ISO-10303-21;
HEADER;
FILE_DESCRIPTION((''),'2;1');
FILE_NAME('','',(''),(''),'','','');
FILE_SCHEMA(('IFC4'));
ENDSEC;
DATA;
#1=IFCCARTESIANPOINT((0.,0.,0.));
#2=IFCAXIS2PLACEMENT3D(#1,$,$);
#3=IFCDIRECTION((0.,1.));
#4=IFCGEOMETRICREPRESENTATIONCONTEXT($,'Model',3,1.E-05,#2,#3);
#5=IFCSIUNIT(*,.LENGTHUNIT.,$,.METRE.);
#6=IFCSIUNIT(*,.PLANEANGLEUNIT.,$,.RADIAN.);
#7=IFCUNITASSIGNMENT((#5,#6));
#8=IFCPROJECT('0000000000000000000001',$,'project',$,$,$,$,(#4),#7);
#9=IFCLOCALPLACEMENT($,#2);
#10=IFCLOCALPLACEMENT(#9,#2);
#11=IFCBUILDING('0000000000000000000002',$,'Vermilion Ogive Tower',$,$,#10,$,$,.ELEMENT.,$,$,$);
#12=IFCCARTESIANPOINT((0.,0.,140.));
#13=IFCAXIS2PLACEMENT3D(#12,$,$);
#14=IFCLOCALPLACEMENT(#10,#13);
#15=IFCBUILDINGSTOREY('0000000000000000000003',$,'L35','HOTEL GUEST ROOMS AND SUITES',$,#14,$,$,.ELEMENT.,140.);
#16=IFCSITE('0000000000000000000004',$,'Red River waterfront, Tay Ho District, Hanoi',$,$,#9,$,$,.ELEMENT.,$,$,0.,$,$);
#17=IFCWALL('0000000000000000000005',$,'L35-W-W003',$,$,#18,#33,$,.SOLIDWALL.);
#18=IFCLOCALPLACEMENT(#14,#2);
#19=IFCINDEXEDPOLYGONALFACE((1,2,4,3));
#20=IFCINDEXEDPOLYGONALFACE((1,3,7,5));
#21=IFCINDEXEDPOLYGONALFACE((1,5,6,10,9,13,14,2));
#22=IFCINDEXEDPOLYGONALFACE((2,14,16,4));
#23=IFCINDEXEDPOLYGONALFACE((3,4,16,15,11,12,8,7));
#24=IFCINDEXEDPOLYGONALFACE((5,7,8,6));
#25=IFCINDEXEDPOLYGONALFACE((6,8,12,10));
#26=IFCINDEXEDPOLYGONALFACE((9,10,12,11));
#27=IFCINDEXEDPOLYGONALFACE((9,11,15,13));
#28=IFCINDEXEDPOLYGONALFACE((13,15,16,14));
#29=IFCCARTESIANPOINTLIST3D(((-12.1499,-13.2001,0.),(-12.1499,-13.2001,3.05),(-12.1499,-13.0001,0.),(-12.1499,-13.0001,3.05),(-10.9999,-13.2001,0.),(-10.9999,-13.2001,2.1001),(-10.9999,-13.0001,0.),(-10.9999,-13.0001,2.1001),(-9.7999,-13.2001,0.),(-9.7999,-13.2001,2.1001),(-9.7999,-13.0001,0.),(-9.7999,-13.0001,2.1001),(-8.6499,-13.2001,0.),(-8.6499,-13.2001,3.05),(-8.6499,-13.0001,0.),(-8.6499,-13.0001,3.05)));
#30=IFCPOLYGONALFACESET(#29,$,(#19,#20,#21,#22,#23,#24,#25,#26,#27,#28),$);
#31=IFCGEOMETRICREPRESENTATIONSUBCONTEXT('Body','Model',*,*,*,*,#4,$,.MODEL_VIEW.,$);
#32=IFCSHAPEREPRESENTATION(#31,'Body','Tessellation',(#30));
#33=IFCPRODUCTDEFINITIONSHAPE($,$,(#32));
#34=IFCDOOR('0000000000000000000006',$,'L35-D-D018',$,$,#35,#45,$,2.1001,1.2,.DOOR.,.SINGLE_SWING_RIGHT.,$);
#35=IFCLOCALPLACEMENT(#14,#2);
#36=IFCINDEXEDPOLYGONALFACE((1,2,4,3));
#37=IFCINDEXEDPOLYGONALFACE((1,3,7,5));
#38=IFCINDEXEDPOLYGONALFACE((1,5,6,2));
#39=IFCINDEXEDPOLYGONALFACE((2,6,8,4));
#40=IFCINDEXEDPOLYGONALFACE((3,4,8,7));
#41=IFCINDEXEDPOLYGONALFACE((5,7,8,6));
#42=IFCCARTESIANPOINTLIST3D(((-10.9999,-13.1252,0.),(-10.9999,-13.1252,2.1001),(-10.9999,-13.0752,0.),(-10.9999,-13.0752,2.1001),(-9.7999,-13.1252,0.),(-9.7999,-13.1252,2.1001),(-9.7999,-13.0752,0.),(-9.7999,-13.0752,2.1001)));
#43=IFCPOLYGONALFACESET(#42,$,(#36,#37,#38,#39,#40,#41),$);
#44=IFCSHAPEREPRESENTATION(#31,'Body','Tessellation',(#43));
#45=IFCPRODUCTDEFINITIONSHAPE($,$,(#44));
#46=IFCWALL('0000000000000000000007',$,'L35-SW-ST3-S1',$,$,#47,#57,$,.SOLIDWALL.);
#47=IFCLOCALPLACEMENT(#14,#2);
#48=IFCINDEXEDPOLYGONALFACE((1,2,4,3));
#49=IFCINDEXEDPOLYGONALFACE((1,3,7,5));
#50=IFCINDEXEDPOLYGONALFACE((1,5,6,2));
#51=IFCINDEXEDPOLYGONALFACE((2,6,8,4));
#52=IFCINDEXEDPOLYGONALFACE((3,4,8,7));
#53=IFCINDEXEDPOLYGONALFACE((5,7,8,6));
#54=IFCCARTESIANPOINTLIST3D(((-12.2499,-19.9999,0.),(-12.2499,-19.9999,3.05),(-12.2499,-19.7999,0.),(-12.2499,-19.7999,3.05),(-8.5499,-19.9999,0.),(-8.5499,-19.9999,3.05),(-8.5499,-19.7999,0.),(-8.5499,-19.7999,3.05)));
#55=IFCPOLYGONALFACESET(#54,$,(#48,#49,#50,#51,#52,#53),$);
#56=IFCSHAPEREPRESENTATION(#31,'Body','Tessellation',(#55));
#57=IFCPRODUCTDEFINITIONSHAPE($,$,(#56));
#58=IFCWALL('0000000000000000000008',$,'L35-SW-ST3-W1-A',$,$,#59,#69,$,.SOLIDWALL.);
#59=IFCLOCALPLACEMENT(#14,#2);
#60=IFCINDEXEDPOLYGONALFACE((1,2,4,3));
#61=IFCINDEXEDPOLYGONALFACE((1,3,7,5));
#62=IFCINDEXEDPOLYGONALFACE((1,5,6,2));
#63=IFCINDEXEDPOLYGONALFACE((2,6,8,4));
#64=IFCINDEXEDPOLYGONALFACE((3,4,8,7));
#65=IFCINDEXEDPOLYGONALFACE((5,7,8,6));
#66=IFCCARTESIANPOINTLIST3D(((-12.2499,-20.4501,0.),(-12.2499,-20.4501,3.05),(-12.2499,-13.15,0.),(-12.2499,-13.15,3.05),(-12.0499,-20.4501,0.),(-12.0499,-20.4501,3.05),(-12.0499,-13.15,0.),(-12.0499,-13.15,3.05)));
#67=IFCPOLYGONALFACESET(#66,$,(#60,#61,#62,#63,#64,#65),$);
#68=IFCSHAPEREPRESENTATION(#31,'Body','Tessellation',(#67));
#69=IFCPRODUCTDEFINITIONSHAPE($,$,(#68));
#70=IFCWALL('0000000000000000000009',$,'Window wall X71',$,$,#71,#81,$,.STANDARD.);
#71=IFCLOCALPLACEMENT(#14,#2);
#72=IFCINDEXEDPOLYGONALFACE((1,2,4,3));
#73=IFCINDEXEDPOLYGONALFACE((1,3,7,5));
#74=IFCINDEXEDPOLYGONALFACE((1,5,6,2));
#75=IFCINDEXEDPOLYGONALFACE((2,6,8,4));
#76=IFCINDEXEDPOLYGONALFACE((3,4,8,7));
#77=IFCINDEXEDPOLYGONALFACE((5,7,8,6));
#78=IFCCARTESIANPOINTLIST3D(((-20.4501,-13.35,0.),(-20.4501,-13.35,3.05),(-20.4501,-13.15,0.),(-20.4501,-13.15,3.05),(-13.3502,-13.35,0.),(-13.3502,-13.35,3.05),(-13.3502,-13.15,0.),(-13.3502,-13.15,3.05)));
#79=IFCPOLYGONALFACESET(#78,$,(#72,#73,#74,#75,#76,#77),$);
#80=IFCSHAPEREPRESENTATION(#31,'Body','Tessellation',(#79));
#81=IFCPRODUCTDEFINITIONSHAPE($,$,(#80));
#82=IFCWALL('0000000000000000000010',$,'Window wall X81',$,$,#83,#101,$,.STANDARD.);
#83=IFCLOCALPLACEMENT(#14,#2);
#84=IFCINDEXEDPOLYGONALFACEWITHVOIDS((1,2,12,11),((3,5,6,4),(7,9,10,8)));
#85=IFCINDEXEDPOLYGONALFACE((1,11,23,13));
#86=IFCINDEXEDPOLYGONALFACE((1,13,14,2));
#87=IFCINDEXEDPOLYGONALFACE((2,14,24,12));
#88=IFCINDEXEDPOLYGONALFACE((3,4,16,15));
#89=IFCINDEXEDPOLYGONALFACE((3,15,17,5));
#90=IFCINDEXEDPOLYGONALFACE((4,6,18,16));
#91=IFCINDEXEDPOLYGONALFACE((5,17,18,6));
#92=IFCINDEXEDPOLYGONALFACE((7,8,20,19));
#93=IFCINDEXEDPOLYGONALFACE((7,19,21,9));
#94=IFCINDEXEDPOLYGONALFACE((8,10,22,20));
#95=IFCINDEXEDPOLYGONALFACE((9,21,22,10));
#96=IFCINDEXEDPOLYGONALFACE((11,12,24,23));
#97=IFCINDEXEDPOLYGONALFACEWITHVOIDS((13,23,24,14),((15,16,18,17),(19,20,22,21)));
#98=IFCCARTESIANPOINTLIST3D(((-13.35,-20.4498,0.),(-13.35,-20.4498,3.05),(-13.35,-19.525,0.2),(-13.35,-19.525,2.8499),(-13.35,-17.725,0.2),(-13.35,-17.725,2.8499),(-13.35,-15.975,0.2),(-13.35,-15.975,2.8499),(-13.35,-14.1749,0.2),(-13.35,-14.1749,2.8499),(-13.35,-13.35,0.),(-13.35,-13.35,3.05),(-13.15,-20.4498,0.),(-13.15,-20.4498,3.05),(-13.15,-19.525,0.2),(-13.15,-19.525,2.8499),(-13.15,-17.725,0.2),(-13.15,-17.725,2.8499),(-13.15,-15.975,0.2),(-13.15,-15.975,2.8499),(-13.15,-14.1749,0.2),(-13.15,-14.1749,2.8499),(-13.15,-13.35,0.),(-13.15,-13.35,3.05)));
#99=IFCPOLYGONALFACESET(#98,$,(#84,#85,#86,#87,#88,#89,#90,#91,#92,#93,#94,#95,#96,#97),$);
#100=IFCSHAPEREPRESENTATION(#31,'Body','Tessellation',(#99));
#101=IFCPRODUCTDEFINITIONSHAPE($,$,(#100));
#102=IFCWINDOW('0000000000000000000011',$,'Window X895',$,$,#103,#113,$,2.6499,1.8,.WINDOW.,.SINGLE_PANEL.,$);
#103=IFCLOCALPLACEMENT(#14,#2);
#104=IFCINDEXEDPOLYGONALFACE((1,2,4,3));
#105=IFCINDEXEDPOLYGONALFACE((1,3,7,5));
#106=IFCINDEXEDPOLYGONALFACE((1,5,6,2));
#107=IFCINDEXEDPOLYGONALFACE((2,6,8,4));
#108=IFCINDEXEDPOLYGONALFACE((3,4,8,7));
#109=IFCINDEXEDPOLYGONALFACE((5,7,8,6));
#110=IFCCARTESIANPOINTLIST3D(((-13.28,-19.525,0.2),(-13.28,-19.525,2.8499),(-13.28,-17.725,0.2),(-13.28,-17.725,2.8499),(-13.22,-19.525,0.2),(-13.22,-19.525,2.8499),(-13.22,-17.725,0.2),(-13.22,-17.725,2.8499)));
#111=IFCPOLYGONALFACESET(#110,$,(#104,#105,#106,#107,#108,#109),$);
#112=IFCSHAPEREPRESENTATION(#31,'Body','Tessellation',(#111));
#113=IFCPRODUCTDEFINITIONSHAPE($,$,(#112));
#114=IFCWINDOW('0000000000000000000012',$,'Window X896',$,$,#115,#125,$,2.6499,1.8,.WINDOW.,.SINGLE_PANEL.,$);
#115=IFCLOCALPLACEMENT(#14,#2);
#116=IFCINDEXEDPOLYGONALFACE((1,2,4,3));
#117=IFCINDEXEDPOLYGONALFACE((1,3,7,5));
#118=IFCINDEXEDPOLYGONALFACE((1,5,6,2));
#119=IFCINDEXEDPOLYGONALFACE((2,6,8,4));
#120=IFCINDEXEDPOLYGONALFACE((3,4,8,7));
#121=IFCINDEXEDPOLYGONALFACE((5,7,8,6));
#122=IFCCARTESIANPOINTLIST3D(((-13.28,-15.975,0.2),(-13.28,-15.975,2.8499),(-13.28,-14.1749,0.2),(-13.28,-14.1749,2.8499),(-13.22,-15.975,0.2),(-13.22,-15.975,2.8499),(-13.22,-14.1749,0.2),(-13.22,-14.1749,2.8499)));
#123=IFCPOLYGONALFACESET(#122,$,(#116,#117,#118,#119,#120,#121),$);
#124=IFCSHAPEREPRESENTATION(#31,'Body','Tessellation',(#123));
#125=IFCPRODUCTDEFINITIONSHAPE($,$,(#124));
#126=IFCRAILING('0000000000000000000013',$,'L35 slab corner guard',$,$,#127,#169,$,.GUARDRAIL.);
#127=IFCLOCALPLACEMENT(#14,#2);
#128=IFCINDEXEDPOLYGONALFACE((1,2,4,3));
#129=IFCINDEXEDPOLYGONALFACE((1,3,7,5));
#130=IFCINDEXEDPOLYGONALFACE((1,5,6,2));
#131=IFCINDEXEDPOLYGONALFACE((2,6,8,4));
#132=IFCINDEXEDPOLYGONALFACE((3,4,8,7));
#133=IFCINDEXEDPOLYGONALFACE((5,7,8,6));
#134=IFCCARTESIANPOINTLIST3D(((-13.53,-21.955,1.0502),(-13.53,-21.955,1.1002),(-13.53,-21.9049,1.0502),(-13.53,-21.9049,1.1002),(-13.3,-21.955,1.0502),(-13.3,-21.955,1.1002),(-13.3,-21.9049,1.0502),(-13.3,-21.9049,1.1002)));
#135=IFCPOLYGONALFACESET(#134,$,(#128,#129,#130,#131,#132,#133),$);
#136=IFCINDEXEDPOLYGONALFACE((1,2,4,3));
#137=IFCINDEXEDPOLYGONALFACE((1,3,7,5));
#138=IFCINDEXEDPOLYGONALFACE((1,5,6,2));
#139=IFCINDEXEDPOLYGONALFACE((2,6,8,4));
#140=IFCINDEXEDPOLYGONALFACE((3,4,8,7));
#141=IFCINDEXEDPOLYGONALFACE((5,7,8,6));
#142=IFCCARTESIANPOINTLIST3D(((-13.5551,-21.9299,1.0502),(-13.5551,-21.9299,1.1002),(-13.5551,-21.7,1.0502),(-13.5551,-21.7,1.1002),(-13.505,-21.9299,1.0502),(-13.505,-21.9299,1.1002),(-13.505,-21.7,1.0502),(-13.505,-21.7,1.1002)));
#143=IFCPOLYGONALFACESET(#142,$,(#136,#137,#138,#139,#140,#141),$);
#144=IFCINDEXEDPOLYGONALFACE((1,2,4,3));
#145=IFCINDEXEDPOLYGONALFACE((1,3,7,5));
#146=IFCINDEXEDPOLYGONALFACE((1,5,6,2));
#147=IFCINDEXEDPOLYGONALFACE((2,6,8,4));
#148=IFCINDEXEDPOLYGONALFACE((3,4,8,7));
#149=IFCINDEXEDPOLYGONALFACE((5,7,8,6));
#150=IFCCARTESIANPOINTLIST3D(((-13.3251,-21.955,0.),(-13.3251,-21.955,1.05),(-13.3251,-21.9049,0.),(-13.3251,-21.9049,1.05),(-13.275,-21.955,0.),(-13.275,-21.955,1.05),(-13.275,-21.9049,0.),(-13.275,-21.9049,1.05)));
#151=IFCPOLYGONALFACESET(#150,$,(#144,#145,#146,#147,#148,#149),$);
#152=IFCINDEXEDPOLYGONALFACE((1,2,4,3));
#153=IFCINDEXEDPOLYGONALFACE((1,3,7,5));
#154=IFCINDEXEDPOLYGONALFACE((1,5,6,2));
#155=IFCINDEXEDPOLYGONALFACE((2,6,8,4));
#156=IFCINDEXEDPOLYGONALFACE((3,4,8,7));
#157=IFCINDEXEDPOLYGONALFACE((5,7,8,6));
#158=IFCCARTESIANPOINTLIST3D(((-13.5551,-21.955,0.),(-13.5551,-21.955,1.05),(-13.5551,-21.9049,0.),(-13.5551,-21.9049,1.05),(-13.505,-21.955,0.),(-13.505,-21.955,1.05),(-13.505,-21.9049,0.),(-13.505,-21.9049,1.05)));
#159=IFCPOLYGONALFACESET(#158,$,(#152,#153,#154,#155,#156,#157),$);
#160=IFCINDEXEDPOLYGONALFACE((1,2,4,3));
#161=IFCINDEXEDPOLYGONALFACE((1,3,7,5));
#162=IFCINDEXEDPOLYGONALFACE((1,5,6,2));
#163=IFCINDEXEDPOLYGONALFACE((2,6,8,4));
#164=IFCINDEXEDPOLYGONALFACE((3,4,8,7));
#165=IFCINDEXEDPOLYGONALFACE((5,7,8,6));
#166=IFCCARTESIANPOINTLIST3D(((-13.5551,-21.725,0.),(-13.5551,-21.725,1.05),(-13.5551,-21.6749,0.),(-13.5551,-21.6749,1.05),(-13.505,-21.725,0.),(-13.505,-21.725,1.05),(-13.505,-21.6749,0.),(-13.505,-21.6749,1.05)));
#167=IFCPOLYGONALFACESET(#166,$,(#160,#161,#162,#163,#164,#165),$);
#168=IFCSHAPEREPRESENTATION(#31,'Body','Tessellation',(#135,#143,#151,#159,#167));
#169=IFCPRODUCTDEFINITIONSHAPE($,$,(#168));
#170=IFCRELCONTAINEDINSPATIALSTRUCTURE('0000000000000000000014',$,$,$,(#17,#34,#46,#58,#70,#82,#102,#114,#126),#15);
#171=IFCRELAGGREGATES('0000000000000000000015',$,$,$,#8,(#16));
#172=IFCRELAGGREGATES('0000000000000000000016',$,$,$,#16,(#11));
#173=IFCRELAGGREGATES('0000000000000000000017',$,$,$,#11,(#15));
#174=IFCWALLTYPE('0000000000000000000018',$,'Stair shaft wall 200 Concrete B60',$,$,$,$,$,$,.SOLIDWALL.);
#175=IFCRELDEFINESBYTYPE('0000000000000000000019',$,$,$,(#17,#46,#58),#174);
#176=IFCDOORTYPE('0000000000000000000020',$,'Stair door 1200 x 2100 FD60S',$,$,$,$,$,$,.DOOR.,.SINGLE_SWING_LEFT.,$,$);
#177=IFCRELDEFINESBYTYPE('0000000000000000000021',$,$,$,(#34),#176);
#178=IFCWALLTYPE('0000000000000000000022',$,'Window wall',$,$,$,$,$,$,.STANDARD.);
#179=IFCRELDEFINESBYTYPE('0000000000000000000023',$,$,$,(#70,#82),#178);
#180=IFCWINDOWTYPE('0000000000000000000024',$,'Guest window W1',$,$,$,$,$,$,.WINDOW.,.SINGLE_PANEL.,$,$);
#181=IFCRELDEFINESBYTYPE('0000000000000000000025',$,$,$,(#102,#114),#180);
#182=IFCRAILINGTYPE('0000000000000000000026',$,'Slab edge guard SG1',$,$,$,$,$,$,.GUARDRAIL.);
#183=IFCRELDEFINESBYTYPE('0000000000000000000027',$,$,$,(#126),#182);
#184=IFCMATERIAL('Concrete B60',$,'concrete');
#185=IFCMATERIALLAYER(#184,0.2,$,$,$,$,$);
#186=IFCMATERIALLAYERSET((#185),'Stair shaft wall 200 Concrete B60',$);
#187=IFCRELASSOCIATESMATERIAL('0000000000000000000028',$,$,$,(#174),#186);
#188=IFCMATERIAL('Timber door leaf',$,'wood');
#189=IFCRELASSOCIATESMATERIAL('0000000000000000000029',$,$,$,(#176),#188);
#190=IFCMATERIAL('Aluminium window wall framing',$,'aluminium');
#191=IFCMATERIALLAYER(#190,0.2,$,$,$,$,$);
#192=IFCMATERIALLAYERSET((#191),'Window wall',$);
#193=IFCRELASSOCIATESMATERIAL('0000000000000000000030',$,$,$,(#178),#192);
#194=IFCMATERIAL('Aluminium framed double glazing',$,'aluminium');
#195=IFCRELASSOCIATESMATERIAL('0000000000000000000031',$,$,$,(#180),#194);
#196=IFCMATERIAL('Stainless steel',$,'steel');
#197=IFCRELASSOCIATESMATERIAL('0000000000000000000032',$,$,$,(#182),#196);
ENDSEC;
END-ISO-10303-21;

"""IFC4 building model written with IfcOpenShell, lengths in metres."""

from ifc_helpers import new_model, si_unit, direction, frame, frame_2d, origin, origin_2d, place, context, subcontext, project, spatial, rectangle, extrude, material, layer, layer_set, type_object, element, fill, save


model = new_model("IFC4")

# Units and contexts
model_context = context("Model", 3, precision=1e-05, world=origin(), true_north=direction((0.0, 1.0)))
body_context = subcontext(model_context, "Body", "Model", "MODEL_VIEW")
ifc_project = project(units=[si_unit("LENGTHUNIT", "METRE"), si_unit("PLANEANGLEUNIT", "RADIAN")], contexts=[model_context])

# Site, building, storey
site_placement = place(None, origin())
site = spatial("IfcSite", under=ifc_project, at=site_placement, Name="Red River waterfront, Tay Ho District, Hanoi", CompositionType="ELEMENT", RefElevation=0.0)
building_placement = place(site_placement, origin())
building = spatial("IfcBuilding", under=site, at=building_placement, Name="Vermilion Ogive Tower", CompositionType="ELEMENT")
storey_placement = place(building_placement, frame((0.0, 0.0, 140.0)))
storey = spatial("IfcBuildingStorey", under=building, at=storey_placement, Name="L35", Description="HOTEL GUEST ROOMS AND SUITES", CompositionType="ELEMENT", Elevation=140.0)

# Wall, opening, door
ifc_material_1 = material(Name="Concrete B60", Category="concrete")
ifc_layer_1 = layer(ifc_material_1, 0.2)
ifc_layer_set_1 = layer_set([ifc_layer_1], Name="Stair shaft wall 200 Concrete B60")
wall_type_1 = type_object("IfcWallType", Name="Stair shaft wall 200 Concrete B60", PredefinedType="SOLIDWALL", material=ifc_layer_set_1)
wall_1_placement = place(storey_placement, frame((-12.1499, -13.1001, 0.0), z_axis=(0.0, 0.0, 1.0), x_axis=(1.0, 0.0, 0.0)))
wall_1 = element("IfcWall", 1, at=wall_1_placement, inside=storey, type_object=wall_type_1, Name="L35-W-W003", PredefinedType="SOLIDWALL", context=body_context, shape_type="SweptSolid", body=[
    extrude(rectangle(XDim=3.5, YDim=0.2, at=frame_2d((1.75, 0.0))), origin(), (0.0, 0.0, 1.0), 3.05),
])
opening_1_placement = place(wall_1_placement, frame((1.1499, 0.0, 0.0)))
opening_1 = element("IfcOpeningElement", 2, at=opening_1_placement, cuts=wall_1, PredefinedType="OPENING", context=body_context, shape_type="SweptSolid", body=[
    extrude(rectangle(XDim=1.2, YDim=2.1001, at=frame_2d((0.6001, 1.05))), frame((0.0, 0.1099, 0.0), z_axis=(0.0, -1.0, 0.0), x_axis=(1.0, 0.0, 0.0)), (0.0, 0.0, 1.0), 0.22),
])
ifc_material_2 = material(Name="Timber door leaf", Category="wood")
door_type_1 = type_object("IfcDoorType", Name="Stair door 1200 x 2100 FD60S", OperationType="SINGLE_SWING_LEFT", PredefinedType="DOOR", material=ifc_material_2)
door_1_placement = place(opening_1_placement, origin())
door_1 = element("IfcDoor", 3, at=door_1_placement, inside=storey, type_object=door_type_1, Name="L35-D-D018", OperationType="SINGLE_SWING_RIGHT", OverallHeight=2.1001, OverallWidth=1.2, PredefinedType="DOOR", context=body_context, shape_type="SweptSolid", body=[
    extrude(rectangle(XDim=1.2, YDim=2.1001, at=frame_2d((0.6001, 1.05))), frame((0.0, 0.0249, 0.0), z_axis=(0.0, -1.0, 0.0), x_axis=(1.0, 0.0, 0.0)), (0.0, 0.0, 1.0), 0.05),
])
fill(opening_1, door_1)

# Walls
wall_2_placement = place(storey_placement, frame((-12.25, -19.8999, 0.0), z_axis=(0.0, 0.0, 1.0), x_axis=(1.0, 0.0, 0.0)))
element("IfcWall", 4, at=wall_2_placement, inside=storey, type_object=wall_type_1, Name="L35-SW-ST3-S1", PredefinedType="SOLIDWALL", context=body_context, shape_type="SweptSolid", body=[
    extrude(rectangle(XDim=3.7, YDim=0.2, at=frame_2d((1.8501, 0.0))), origin(), (0.0, 0.0, 1.0), 3.05),
])
wall_3_placement = place(storey_placement, frame((-12.1499, -20.45, 0.0), z_axis=(0.0, 0.0, 1.0), x_axis=(0.0, 1.0, 0.0)))
element("IfcWall", 5, at=wall_3_placement, inside=storey, type_object=wall_type_1, Name="L35-SW-ST3-W1-A", PredefinedType="SOLIDWALL", context=body_context, shape_type="SweptSolid", body=[
    extrude(rectangle(XDim=7.3, YDim=0.2, at=frame_2d((3.6499, 0.0))), origin(), (0.0, 0.0, 1.0), 3.05),
])
ifc_material_3 = material(Name="Aluminium window wall framing", Category="aluminium")
ifc_layer_2 = layer(ifc_material_3, 0.2)
ifc_layer_set_2 = layer_set([ifc_layer_2], Name="Window wall")
wall_type_2 = type_object("IfcWallType", Name="Window wall", PredefinedType="STANDARD", material=ifc_layer_set_2)
wall_4_placement = place(storey_placement, frame((-20.45, -13.25, 0.0), z_axis=(0.0, 0.0, 1.0), x_axis=(1.0, 0.0, 0.0)))
element("IfcWall", 6, at=wall_4_placement, inside=storey, type_object=wall_type_2, Name="Window wall X71", PredefinedType="STANDARD", context=body_context, shape_type="SweptSolid", body=[
    extrude(rectangle(XDim=7.0999, YDim=0.2, at=frame_2d((3.5498, 0.0))), origin(), (0.0, 0.0, 1.0), 3.05),
])

# Wall, openings, windows
wall_5_placement = place(storey_placement, frame((-13.25, -13.3501, 0.0), z_axis=(0.0, 0.0, 1.0), x_axis=(0.0, -1.0, 0.0)))
wall_5 = element("IfcWall", 7, at=wall_5_placement, inside=storey, type_object=wall_type_2, Name="Window wall X81", PredefinedType="STANDARD", context=body_context, shape_type="SweptSolid", body=[
    extrude(rectangle(XDim=7.0999, YDim=0.2, at=frame_2d((3.5498, 0.0))), origin(), (0.0, 0.0, 1.0), 3.05),
])
opening_2_placement = place(wall_5_placement, frame((4.375, 0.0, 0.2)))
opening_2 = element("IfcOpeningElement", 8, at=opening_2_placement, cuts=wall_5, PredefinedType="OPENING", context=body_context, shape_type="SweptSolid", body=[
    extrude(rectangle(XDim=1.8, YDim=2.6499, at=frame_2d((0.8999, 1.325))), frame((0.0, 0.1099, 0.0), z_axis=(0.0, -1.0, 0.0), x_axis=(1.0, 0.0, 0.0)), (0.0, 0.0, 1.0), 0.22),
])
opening_3_placement = place(wall_5_placement, frame((0.825, 0.0, 0.2)))
opening_3 = element("IfcOpeningElement", 9, at=opening_3_placement, cuts=wall_5, PredefinedType="OPENING", context=body_context, shape_type="SweptSolid", body=[
    extrude(rectangle(XDim=1.8, YDim=2.6499, at=frame_2d((0.8999, 1.325))), frame((0.0, 0.1099, 0.0), z_axis=(0.0, -1.0, 0.0), x_axis=(1.0, 0.0, 0.0)), (0.0, 0.0, 1.0), 0.22),
])
ifc_material_4 = material(Name="Aluminium framed double glazing", Category="aluminium")
window_type = type_object("IfcWindowType", Name="Guest window W1", PartitioningType="SINGLE_PANEL", PredefinedType="WINDOW", material=ifc_material_4)
window_1_placement = place(opening_2_placement, origin())
window_1 = element("IfcWindow", 10, at=window_1_placement, inside=storey, type_object=window_type, Name="Window X895", OverallHeight=2.6499, OverallWidth=1.8, PartitioningType="SINGLE_PANEL", PredefinedType="WINDOW", context=body_context, shape_type="SweptSolid", body=[
    extrude(rectangle(XDim=1.8, YDim=2.6499, at=frame_2d((0.8999, 1.325))), frame((0.0, 0.03, 0.0), z_axis=(0.0, -1.0, 0.0), x_axis=(1.0, 0.0, 0.0)), (0.0, 0.0, 1.0), 0.0601),
])
fill(opening_2, window_1)
window_2_placement = place(opening_3_placement, origin())
window_2 = element("IfcWindow", 11, at=window_2_placement, inside=storey, type_object=window_type, Name="Window X896", OverallHeight=2.6499, OverallWidth=1.8, PartitioningType="SINGLE_PANEL", PredefinedType="WINDOW", context=body_context, shape_type="SweptSolid", body=[
    extrude(rectangle(XDim=1.8, YDim=2.6499, at=frame_2d((0.8999, 1.325))), frame((0.0, 0.03, 0.0), z_axis=(0.0, -1.0, 0.0), x_axis=(1.0, 0.0, 0.0)), (0.0, 0.0, 1.0), 0.0601),
])
fill(opening_3, window_2)

# Railing
ifc_material_5 = material(Name="Stainless steel", Category="steel")
railing_type_1 = type_object("IfcRailingType", Name="Slab edge guard SG1", PredefinedType="GUARDRAIL", material=ifc_material_5)
railing_1_placement = place(storey_placement, frame((-13.3, -21.9299, 0.0)))
element("IfcRailing", 12, at=railing_1_placement, inside=storey, type_object=railing_type_1, Name="L35 slab corner guard", PredefinedType="GUARDRAIL", context=body_context, shape_type="SweptSolid", body=[
    extrude(rectangle(XDim=0.05, YDim=0.05, at=origin_2d()), frame((0.0, 0.0, 1.0752), z_axis=(-1.0, 0.0, 0.0), x_axis=(0.0, -1.0, 0.0)), (0.0, 0.0, 1.0), 0.23),
    extrude(rectangle(XDim=0.05, YDim=0.05, at=origin_2d()), frame((-0.23, 0.0, 1.0752), z_axis=(0.0, 1.0, 0.0), x_axis=(-1.0, 0.0, 0.0)), (0.0, 0.0, 1.0), 0.23),
    extrude(rectangle(XDim=0.05, YDim=0.05, at=origin_2d()), origin(), (0.0, 0.0, 1.0), 1.05),
    extrude(rectangle(XDim=0.05, YDim=0.05, at=origin_2d()), frame((-0.23, 0.0, 0.0)), (0.0, 0.0, 1.0), 1.05),
    extrude(rectangle(XDim=0.05, YDim=0.05, at=origin_2d()), frame((-0.23, 0.23, 0.0)), (0.0, 0.0, 1.0), 1.05),
])

save(model, "model.ifc")
